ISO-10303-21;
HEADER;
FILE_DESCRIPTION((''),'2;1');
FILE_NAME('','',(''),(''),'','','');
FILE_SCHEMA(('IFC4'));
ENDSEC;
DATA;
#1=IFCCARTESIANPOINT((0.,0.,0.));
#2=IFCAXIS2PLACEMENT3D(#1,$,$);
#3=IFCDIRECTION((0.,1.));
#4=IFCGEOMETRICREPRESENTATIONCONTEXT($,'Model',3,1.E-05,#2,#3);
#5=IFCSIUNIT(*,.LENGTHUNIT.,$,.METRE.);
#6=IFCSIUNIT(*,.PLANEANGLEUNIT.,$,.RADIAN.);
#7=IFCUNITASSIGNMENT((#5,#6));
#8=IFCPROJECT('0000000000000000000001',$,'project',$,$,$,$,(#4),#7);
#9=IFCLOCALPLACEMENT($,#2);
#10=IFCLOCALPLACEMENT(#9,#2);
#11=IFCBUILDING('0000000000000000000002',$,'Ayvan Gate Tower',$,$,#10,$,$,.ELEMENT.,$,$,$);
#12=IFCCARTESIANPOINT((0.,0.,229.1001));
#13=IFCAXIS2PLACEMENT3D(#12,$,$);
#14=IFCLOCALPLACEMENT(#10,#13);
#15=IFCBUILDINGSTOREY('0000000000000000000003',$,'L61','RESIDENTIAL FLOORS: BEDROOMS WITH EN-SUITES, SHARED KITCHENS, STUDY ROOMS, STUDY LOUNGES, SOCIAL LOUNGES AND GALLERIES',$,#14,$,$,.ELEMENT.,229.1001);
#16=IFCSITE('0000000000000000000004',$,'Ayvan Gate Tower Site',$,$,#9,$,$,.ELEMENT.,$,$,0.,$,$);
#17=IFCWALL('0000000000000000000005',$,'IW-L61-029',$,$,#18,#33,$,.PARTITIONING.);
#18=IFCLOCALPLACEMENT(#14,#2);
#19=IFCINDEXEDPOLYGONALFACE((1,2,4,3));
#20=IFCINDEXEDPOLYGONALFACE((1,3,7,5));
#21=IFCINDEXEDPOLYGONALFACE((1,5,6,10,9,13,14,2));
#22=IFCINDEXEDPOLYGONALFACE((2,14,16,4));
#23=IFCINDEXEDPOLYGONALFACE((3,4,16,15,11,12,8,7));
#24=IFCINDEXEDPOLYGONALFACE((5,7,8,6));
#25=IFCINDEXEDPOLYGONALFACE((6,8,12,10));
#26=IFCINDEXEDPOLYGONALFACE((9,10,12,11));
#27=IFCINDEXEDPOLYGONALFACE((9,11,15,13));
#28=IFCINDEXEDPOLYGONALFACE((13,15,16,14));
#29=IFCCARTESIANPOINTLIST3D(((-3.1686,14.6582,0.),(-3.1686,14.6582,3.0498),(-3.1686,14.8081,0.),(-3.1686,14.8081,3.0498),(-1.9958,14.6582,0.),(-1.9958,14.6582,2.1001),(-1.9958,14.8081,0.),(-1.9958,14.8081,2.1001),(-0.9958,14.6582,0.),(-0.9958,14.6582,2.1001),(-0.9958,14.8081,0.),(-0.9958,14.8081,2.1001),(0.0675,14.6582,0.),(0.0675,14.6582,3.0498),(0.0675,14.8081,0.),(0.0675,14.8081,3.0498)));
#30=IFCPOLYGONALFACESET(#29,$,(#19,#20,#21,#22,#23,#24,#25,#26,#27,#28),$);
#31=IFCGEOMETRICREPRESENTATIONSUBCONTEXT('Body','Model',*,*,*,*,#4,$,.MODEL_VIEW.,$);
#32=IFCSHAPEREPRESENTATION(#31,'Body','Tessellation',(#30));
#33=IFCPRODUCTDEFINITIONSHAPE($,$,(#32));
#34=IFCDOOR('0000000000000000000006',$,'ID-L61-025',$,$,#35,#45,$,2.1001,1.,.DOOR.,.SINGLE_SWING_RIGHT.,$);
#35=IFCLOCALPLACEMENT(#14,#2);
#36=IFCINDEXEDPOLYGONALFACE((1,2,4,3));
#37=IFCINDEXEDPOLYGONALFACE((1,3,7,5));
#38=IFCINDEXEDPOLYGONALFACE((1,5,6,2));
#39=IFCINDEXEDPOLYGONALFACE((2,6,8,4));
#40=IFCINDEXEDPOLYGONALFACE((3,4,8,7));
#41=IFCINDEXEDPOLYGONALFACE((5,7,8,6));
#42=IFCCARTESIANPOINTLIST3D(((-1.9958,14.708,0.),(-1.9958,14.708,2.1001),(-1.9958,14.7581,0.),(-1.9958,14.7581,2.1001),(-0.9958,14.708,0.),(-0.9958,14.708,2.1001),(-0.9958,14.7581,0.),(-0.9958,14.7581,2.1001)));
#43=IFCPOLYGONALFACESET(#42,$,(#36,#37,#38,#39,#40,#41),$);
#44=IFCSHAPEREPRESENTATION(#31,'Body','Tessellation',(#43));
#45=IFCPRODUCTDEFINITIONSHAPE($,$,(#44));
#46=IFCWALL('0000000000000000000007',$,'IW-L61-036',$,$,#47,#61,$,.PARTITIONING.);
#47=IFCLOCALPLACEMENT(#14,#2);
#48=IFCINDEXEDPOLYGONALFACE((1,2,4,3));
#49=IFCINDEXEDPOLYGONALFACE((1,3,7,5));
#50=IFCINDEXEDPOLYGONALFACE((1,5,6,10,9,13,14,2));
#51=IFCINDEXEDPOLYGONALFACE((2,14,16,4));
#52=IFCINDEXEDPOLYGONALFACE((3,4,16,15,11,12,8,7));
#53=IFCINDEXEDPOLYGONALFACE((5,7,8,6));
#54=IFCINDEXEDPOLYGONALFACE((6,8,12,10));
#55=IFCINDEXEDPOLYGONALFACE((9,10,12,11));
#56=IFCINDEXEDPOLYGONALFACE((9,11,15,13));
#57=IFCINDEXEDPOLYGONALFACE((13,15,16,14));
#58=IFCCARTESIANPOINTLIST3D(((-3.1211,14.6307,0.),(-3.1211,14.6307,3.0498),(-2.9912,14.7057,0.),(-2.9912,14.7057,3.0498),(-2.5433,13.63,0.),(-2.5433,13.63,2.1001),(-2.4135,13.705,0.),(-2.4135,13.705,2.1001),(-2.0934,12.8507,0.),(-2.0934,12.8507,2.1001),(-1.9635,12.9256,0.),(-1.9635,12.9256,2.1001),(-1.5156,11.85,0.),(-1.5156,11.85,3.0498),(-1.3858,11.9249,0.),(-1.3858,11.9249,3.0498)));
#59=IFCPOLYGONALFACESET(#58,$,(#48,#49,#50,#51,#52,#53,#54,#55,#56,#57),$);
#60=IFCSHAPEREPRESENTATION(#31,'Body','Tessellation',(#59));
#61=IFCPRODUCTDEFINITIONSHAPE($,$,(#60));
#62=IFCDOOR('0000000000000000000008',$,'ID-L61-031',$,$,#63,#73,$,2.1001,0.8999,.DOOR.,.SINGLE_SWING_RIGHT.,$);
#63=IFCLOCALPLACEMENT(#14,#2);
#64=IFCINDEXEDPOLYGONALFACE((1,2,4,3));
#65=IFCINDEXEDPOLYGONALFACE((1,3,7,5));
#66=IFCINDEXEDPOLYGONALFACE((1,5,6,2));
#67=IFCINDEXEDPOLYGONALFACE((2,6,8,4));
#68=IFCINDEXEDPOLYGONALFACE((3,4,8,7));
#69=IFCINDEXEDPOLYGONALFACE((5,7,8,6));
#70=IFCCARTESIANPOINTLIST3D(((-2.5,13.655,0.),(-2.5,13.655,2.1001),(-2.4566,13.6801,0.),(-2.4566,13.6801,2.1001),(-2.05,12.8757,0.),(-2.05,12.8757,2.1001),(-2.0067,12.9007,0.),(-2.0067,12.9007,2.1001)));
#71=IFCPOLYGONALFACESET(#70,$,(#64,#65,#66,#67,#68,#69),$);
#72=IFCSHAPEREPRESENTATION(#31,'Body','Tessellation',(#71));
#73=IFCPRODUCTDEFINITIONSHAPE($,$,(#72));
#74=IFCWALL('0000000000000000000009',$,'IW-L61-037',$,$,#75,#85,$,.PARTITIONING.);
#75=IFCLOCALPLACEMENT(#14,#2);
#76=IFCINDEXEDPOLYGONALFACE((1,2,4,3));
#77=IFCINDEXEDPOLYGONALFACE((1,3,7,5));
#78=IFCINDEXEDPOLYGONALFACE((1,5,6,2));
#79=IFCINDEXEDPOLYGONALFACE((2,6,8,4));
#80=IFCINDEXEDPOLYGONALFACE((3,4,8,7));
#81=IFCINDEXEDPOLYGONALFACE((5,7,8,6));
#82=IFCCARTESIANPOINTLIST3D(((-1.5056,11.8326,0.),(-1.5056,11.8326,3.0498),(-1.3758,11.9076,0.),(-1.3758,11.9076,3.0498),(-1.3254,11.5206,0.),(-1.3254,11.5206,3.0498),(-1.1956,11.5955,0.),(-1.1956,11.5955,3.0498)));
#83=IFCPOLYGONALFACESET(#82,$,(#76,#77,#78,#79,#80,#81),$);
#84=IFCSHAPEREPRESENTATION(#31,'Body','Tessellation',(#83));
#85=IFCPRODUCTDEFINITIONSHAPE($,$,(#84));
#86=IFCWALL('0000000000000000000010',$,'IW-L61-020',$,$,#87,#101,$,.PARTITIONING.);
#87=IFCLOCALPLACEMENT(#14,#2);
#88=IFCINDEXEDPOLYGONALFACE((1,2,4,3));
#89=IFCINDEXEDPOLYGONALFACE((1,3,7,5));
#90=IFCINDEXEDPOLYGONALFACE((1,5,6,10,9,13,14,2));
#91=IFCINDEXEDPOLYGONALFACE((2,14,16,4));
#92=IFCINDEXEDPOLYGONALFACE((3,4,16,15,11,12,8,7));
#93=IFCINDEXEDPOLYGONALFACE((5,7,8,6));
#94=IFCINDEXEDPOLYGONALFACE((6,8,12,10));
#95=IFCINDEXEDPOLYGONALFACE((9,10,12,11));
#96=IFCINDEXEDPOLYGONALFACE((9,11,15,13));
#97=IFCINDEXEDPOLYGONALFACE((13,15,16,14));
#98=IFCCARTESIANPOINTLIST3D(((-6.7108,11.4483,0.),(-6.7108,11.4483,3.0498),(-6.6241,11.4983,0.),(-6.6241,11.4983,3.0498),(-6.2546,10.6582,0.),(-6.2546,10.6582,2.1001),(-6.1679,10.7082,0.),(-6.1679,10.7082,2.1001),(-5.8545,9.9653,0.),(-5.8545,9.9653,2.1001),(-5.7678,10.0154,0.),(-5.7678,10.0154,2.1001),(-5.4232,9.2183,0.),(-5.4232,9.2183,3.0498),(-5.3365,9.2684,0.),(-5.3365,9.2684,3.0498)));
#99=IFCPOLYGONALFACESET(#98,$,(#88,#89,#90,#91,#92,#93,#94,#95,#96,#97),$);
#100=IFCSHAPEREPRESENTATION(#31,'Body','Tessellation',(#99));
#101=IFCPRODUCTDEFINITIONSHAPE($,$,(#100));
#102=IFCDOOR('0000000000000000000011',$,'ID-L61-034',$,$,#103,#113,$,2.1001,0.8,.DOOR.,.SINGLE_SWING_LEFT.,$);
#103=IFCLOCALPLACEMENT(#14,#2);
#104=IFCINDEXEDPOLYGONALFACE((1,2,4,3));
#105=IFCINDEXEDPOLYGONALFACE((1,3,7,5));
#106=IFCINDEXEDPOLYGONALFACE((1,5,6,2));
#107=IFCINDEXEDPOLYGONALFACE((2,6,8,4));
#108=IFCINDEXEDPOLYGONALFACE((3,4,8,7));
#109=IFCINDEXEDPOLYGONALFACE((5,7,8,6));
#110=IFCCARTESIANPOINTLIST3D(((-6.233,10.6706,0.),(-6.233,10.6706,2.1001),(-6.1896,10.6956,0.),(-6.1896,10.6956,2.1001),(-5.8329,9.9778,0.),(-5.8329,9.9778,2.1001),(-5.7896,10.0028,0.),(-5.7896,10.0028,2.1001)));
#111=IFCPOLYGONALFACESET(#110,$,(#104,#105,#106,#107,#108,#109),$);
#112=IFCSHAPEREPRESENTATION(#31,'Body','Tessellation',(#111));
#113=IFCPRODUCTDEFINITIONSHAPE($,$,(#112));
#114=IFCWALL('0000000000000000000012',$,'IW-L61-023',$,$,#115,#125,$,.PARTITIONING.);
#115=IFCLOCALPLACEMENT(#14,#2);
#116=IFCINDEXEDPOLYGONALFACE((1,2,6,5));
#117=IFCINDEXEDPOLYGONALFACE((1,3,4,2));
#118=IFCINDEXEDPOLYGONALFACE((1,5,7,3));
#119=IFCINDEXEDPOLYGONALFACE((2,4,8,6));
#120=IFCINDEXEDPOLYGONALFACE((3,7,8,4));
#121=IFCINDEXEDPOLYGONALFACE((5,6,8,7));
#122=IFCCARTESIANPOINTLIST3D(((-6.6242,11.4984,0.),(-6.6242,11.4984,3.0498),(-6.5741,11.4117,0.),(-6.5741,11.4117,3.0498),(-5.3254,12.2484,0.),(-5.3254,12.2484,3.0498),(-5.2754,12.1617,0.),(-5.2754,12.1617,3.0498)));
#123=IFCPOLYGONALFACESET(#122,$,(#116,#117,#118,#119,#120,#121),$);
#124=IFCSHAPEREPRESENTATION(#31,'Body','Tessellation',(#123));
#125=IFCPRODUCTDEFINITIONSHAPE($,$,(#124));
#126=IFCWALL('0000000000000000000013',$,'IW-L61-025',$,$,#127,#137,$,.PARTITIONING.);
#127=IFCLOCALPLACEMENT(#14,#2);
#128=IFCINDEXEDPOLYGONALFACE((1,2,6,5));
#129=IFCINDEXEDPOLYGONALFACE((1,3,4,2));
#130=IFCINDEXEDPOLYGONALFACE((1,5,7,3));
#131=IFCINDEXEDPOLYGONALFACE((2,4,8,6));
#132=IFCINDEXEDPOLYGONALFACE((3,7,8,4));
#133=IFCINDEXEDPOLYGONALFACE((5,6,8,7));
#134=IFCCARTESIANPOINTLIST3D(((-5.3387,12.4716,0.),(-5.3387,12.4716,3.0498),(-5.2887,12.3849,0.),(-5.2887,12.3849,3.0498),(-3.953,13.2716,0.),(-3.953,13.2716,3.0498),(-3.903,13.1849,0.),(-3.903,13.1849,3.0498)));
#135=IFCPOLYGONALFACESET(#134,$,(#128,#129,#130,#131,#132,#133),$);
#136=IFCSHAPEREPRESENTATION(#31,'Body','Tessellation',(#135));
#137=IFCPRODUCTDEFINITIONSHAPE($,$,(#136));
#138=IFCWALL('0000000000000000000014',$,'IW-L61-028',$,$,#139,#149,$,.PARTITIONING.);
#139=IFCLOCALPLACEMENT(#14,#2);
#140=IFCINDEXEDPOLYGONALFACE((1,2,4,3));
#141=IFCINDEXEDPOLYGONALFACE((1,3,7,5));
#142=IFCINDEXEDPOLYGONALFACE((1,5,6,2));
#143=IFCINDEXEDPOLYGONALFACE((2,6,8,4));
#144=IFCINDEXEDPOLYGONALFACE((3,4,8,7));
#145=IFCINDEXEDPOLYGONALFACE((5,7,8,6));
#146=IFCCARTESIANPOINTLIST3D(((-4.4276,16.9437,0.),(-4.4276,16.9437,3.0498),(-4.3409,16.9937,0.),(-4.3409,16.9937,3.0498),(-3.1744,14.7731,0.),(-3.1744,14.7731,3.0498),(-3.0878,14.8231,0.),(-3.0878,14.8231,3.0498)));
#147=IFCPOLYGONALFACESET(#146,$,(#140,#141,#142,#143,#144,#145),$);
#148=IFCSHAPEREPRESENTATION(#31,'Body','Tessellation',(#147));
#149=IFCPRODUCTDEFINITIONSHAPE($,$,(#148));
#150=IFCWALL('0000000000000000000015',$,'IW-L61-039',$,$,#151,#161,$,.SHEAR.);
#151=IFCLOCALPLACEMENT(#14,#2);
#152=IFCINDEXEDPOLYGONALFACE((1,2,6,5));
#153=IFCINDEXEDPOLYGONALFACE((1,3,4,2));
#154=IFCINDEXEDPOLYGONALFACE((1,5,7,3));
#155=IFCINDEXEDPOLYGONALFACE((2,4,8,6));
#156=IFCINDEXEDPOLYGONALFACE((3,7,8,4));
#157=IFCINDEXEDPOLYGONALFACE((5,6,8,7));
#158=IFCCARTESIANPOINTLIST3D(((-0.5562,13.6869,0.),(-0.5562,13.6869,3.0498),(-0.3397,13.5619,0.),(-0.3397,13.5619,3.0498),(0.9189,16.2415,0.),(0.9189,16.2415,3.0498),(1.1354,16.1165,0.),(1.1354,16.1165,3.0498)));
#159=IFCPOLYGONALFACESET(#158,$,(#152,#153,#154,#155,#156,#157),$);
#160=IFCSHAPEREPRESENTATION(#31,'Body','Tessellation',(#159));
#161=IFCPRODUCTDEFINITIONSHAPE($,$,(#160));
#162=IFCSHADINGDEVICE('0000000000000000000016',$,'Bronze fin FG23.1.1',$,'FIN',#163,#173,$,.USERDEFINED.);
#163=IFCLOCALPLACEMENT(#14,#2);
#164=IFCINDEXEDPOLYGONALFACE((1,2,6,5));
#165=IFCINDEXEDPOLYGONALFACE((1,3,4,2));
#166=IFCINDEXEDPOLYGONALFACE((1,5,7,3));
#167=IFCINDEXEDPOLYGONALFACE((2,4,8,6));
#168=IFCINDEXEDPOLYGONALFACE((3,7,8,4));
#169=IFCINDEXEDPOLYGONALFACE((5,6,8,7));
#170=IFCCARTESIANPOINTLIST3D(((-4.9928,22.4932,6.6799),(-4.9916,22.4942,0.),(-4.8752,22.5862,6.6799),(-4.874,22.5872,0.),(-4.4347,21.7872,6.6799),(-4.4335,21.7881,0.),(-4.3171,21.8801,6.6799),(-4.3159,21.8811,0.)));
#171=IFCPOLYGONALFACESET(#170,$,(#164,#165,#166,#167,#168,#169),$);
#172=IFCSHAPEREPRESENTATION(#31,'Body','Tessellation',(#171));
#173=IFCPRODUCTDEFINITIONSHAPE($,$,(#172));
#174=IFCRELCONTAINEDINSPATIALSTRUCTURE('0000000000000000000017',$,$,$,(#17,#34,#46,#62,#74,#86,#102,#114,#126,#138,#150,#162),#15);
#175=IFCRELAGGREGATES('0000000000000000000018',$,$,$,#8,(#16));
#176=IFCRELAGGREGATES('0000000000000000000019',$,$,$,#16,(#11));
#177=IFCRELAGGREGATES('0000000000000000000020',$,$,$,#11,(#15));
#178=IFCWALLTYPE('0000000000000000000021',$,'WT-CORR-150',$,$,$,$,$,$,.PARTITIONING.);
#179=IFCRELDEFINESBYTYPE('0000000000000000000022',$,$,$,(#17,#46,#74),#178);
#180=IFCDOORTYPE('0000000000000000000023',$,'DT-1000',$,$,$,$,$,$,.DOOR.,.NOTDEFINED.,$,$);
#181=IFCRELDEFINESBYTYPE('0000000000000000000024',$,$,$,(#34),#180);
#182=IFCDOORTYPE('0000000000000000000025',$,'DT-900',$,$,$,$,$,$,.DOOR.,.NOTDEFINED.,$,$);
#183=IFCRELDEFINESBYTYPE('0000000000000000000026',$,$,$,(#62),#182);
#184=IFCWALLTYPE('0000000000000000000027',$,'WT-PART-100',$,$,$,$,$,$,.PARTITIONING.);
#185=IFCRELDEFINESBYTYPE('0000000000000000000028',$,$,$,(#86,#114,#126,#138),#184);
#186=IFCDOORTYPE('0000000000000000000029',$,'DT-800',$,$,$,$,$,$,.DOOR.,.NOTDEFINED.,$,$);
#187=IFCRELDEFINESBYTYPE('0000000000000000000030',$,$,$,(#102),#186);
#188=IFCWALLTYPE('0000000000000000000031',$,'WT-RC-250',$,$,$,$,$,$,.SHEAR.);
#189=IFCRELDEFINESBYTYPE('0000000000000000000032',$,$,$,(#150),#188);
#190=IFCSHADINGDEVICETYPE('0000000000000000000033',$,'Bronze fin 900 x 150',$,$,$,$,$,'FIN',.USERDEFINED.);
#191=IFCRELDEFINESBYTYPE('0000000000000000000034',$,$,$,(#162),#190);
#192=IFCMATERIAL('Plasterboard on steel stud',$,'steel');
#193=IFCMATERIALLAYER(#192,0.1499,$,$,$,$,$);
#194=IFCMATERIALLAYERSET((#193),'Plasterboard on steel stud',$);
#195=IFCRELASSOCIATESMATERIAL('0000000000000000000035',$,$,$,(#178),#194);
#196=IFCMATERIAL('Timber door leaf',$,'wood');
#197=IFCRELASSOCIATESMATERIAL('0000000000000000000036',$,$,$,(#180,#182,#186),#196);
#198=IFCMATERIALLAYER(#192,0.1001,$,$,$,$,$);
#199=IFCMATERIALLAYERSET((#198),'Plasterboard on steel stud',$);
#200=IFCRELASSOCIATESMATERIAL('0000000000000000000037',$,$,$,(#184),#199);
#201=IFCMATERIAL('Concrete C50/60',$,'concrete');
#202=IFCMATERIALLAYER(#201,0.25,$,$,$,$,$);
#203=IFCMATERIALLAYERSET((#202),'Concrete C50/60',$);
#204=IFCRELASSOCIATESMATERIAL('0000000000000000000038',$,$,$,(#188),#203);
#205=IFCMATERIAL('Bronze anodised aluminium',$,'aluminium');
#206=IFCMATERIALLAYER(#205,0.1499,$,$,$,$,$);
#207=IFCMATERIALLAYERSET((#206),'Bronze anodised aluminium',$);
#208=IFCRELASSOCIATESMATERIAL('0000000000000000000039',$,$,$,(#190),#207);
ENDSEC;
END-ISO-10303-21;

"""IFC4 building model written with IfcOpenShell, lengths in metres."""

from ifc_helpers import new_model, si_unit, direction, frame, frame_2d, origin, place, context, subcontext, project, spatial, polyline, rectangle, outline, extrude, material, layer, layer_set, type_object, element, fill, save


model = new_model("IFC4")

# Units and contexts
model_context = context("Model", 3, precision=1e-05, world=origin(), true_north=direction((0.0, 1.0)))
body_context = subcontext(model_context, "Body", "Model", "MODEL_VIEW")
ifc_project = project(units=[si_unit("LENGTHUNIT", "METRE"), si_unit("PLANEANGLEUNIT", "RADIAN")], contexts=[model_context])

# Site, building, storey
site_placement = place(None, origin())
site = spatial("IfcSite", under=ifc_project, at=site_placement, Name="Ayvan Gate Tower Site", CompositionType="ELEMENT", RefElevation=0.0)
building_placement = place(site_placement, origin())
building = spatial("IfcBuilding", under=site, at=building_placement, Name="Ayvan Gate Tower", CompositionType="ELEMENT")
storey_placement = place(building_placement, frame((0.0, 0.0, 229.1001)))
storey = spatial("IfcBuildingStorey", under=building, at=storey_placement, Name="L61", Description="RESIDENTIAL FLOORS: BEDROOMS WITH EN-SUITES, SHARED KITCHENS, STUDY ROOMS, STUDY LOUNGES, SOCIAL LOUNGES AND GALLERIES", CompositionType="ELEMENT", Elevation=229.1001)

# Shared definitions
ifc_material_1 = material(Name="Concrete C50/60", Category="concrete")

# Shared definitions
ifc_material_2 = material(Name="Bronze anodised aluminium", Category="aluminium")

# Walls, openings, doors
ifc_material_3 = material(Name="Plasterboard on steel stud", Category="steel")
ifc_layer_1 = layer(ifc_material_3, 0.1499)
ifc_layer_set_1 = layer_set([ifc_layer_1], Name="Plasterboard on steel stud")
wall_type_1 = type_object("IfcWallType", Name="WT-CORR-150", PredefinedType="PARTITIONING", material=ifc_layer_set_1)
wall_1_placement = place(storey_placement, frame((-3.1687, 14.7332, 0.0), z_axis=(0.0, 0.0, 1.0), x_axis=(1.0, 0.0, 0.0)))
wall_1 = element("IfcWall", 1, at=wall_1_placement, inside=storey, type_object=wall_type_1, Name="IW-L61-029", PredefinedType="PARTITIONING", context=body_context, shape_type="SweptSolid", body=[
    extrude(rectangle(XDim=3.2361, YDim=0.1499, at=frame_2d((1.6182, 0.0))), origin(), (0.0, 0.0, 1.0), 3.0498),
])
opening_1_placement = place(wall_1_placement, frame((1.1729, 0.0, 0.0)))
opening_1 = element("IfcOpeningElement", 2, at=opening_1_placement, cuts=wall_1, PredefinedType="OPENING", context=body_context, shape_type="SweptSolid", body=[
    extrude(rectangle(XDim=1.0, YDim=2.1001, at=frame_2d((0.5, 1.05))), frame((0.0, 0.085, 0.0), z_axis=(0.0, -1.0, 0.0), x_axis=(1.0, 0.0, 0.0)), (0.0, 0.0, 1.0), 0.1699),
])
ifc_material_4 = material(Name="Timber door leaf", Category="wood")
door_type_1 = type_object("IfcDoorType", Name="DT-1000", OperationType="NOTDEFINED", PredefinedType="DOOR", material=ifc_material_4)
door_1_placement = place(opening_1_placement, origin())
door_1 = element("IfcDoor", 3, at=door_1_placement, inside=storey, type_object=door_type_1, Name="ID-L61-025", OperationType="SINGLE_SWING_RIGHT", OverallHeight=2.1001, OverallWidth=1.0, PredefinedType="DOOR", context=body_context, shape_type="SweptSolid", body=[
    extrude(rectangle(XDim=1.0, YDim=2.1001, at=frame_2d((0.5, 1.05))), frame((0.0, 0.0249, 0.0), z_axis=(0.0, -1.0, 0.0), x_axis=(1.0, 0.0, 0.0)), (0.0, 0.0, 1.0), 0.05),
])
fill(opening_1, door_1)
wall_2_placement = place(storey_placement, frame((-1.4507, 11.8875, 0.0), z_axis=(0.0, 0.0, 1.0), x_axis=(-0.499999, 0.866026, 0.0)))
wall_2 = element("IfcWall", 4, at=wall_2_placement, inside=storey, type_object=wall_type_1, Name="IW-L61-036", PredefinedType="PARTITIONING", context=body_context, shape_type="SweptSolid", body=[
    extrude(rectangle(XDim=3.2109, YDim=0.1499, at=frame_2d((1.6055, 0.0))), origin(), (0.0, 0.0, 1.0), 3.0498),
])
opening_2_placement = place(wall_2_placement, frame((1.1555, 0.0, 0.0)))
opening_2 = element("IfcOpeningElement", 5, at=opening_2_placement, cuts=wall_2, PredefinedType="OPENING", context=body_context, shape_type="SweptSolid", body=[
    extrude(rectangle(XDim=0.8999, YDim=2.1001, at=frame_2d((0.45, 1.05))), frame((0.0, 0.085, 0.0), z_axis=(0.0, -1.0, 0.0), x_axis=(1.0, 0.0, 0.0)), (0.0, 0.0, 1.0), 0.1699),
])
door_type_2 = type_object("IfcDoorType", Name="DT-900", OperationType="NOTDEFINED", PredefinedType="DOOR", material=ifc_material_4)
door_2_placement = place(opening_2_placement, origin())
door_2 = element("IfcDoor", 6, at=door_2_placement, inside=storey, type_object=door_type_2, Name="ID-L61-031", OperationType="SINGLE_SWING_RIGHT", OverallHeight=2.1001, OverallWidth=0.8999, PredefinedType="DOOR", context=body_context, shape_type="SweptSolid", body=[
    extrude(rectangle(XDim=0.8999, YDim=2.1001, at=frame_2d((0.45, 1.05))), frame((0.0, 0.0249, 0.0), z_axis=(0.0, -1.0, 0.0), x_axis=(1.0, 0.0, 0.0)), (0.0, 0.0, 1.0), 0.05),
])
fill(opening_2, door_2)

# Wall
wall_3_placement = place(storey_placement, frame((-1.4407, 11.8701, 0.0), z_axis=(0.0, 0.0, 1.0), x_axis=(0.500074, -0.865982, 0.0)))
element("IfcWall", 7, at=wall_3_placement, inside=storey, type_object=wall_type_1, Name="IW-L61-037", PredefinedType="PARTITIONING", context=body_context, shape_type="SweptSolid", body=[
    extrude(rectangle(XDim=0.3604, YDim=0.1499, at=frame_2d((0.1802, 0.0))), origin(), (0.0, 0.0, 1.0), 3.0498),
])

# Wall, opening, door
ifc_layer_2 = layer(ifc_material_3, 0.1001)
ifc_layer_set_2 = layer_set([ifc_layer_2], Name="Plasterboard on steel stud")
wall_type_2 = type_object("IfcWallType", Name="WT-PART-100", PredefinedType="PARTITIONING", material=ifc_layer_set_2)
wall_4_placement = place(storey_placement, frame((-6.6675, 11.4734, 0.0), z_axis=(0.0, 0.0, 1.0), x_axis=(0.500034, -0.866006, 0.0)))
wall_4 = element("IfcWall", 8, at=wall_4_placement, inside=storey, type_object=wall_type_2, Name="IW-L61-020", PredefinedType="PARTITIONING", context=body_context, shape_type="SweptSolid", body=[
    extrude(rectangle(XDim=2.575, YDim=0.1001, at=frame_2d((1.2876, 0.0))), origin(), (0.0, 0.0, 1.0), 3.0498),
])
opening_3_placement = place(wall_4_placement, frame((0.9126, 0.0, 0.0)))
opening_3 = element("IfcOpeningElement", 9, at=opening_3_placement, cuts=wall_4, PredefinedType="OPENING", context=body_context, shape_type="SweptSolid", body=[
    extrude(rectangle(XDim=0.8, YDim=2.1001, at=frame_2d((0.3999, 1.05))), frame((0.0, 0.0601, 0.0), z_axis=(0.0, -1.0, 0.0), x_axis=(1.0, 0.0, 0.0)), (0.0, 0.0, 1.0), 0.1201),
])
door_type_3 = type_object("IfcDoorType", Name="DT-800", OperationType="NOTDEFINED", PredefinedType="DOOR", material=ifc_material_4)
door_3_placement = place(opening_3_placement, origin())
door_3 = element("IfcDoor", 10, at=door_3_placement, inside=storey, type_object=door_type_3, Name="ID-L61-034", OperationType="SINGLE_SWING_LEFT", OverallHeight=2.1001, OverallWidth=0.8, PredefinedType="DOOR", context=body_context, shape_type="SweptSolid", body=[
    extrude(rectangle(XDim=0.8, YDim=2.1001, at=frame_2d((0.3999, 1.05))), frame((0.0, 0.0249, 0.0), z_axis=(0.0, -1.0, 0.0), x_axis=(1.0, 0.0, 0.0)), (0.0, 0.0, 1.0), 0.05),
])
fill(opening_3, door_3)

# Walls
wall_5_placement = place(storey_placement, frame((-5.3003, 12.2051, 0.0), z_axis=(0.0, 0.0, 1.0), x_axis=(-0.86599, -0.500061, 0.0)))
element("IfcWall", 11, at=wall_5_placement, inside=storey, type_object=wall_type_2, Name="IW-L61-023", PredefinedType="PARTITIONING", context=body_context, shape_type="SweptSolid", body=[
    extrude(rectangle(XDim=1.4998, YDim=0.1001, at=frame_2d((0.75, 0.0))), origin(), (0.0, 0.0, 1.0), 3.0498),
])
wall_6_placement = place(storey_placement, frame((-3.928, 13.2283, 0.0), z_axis=(0.0, 0.0, 1.0), x_axis=(-0.866028, -0.499995, 0.0)))
element("IfcWall", 12, at=wall_6_placement, inside=storey, type_object=wall_type_2, Name="IW-L61-025", PredefinedType="PARTITIONING", context=body_context, shape_type="SweptSolid", body=[
    extrude(rectangle(XDim=1.6001, YDim=0.1001, at=frame_2d((0.8, 0.0))), origin(), (0.0, 0.0, 1.0), 3.0498),
])
wall_7_placement = place(storey_placement, frame((-3.1311, 14.7981, 0.0), z_axis=(0.0, 0.0, 1.0), x_axis=(-0.499984, 0.866035, 0.0)))
element("IfcWall", 13, at=wall_7_placement, inside=storey, type_object=wall_type_2, Name="IW-L61-028", PredefinedType="PARTITIONING", context=body_context, shape_type="SweptSolid", body=[
    extrude(rectangle(XDim=2.5063, YDim=0.1001, at=frame_2d((1.2532, 0.0))), origin(), (0.0, 0.0, 1.0), 3.0498),
])
ifc_layer_3 = layer(ifc_material_1, 0.25)
ifc_layer_set_3 = layer_set([ifc_layer_3], Name="Concrete C50/60")
wall_type_3 = type_object("IfcWallType", Name="WT-RC-250", PredefinedType="SHEAR", material=ifc_layer_set_3)
wall_8_placement = place(storey_placement, frame((-0.448, 13.6243, 0.0), z_axis=(0.0, 0.0, 1.0), x_axis=(0.500038, 0.866004, 0.0)))
element("IfcWall", 14, at=wall_8_placement, inside=storey, type_object=wall_type_3, Name="IW-L61-039", PredefinedType="SHEAR", context=body_context, shape_type="SweptSolid", body=[
    extrude(rectangle(XDim=2.95, YDim=0.25, at=frame_2d((1.4751, 0.0))), origin(), (0.0, 0.0, 1.0), 3.0498),
])

# Shading device
ifc_layer_4 = layer(ifc_material_2, 0.1499)
ifc_layer_set_4 = layer_set([ifc_layer_4], Name="Bronze anodised aluminium")
shading_device_type = type_object("IfcShadingDeviceType", Name="Bronze fin 900 x 150", ElementType="FIN", PredefinedType="USERDEFINED", material=ifc_layer_set_4)
shading_device_1_placement = place(storey_placement, frame((-4.3159, 21.8811, 0.0), z_axis=(0.784508, 0.620119, 0.000234), x_axis=(-0.620119, 0.784508, 0.0)))
element("IfcShadingDevice", 15, at=shading_device_1_placement, inside=storey, type_object=shading_device_type, Name="Bronze fin FG23.1.1", ObjectType="FIN", PredefinedType="USERDEFINED", context=body_context, shape_type="SweptSolid", body=[
    extrude(outline(polyline([(0.0, 0.0), (0.9, 0.0), (0.9, 6.6799), (0.0, 6.6799), (0.0, 0.0)])), origin(), (0.0, 0.0, -1.0), 0.1499),
])

save(model, "model.ifc")
